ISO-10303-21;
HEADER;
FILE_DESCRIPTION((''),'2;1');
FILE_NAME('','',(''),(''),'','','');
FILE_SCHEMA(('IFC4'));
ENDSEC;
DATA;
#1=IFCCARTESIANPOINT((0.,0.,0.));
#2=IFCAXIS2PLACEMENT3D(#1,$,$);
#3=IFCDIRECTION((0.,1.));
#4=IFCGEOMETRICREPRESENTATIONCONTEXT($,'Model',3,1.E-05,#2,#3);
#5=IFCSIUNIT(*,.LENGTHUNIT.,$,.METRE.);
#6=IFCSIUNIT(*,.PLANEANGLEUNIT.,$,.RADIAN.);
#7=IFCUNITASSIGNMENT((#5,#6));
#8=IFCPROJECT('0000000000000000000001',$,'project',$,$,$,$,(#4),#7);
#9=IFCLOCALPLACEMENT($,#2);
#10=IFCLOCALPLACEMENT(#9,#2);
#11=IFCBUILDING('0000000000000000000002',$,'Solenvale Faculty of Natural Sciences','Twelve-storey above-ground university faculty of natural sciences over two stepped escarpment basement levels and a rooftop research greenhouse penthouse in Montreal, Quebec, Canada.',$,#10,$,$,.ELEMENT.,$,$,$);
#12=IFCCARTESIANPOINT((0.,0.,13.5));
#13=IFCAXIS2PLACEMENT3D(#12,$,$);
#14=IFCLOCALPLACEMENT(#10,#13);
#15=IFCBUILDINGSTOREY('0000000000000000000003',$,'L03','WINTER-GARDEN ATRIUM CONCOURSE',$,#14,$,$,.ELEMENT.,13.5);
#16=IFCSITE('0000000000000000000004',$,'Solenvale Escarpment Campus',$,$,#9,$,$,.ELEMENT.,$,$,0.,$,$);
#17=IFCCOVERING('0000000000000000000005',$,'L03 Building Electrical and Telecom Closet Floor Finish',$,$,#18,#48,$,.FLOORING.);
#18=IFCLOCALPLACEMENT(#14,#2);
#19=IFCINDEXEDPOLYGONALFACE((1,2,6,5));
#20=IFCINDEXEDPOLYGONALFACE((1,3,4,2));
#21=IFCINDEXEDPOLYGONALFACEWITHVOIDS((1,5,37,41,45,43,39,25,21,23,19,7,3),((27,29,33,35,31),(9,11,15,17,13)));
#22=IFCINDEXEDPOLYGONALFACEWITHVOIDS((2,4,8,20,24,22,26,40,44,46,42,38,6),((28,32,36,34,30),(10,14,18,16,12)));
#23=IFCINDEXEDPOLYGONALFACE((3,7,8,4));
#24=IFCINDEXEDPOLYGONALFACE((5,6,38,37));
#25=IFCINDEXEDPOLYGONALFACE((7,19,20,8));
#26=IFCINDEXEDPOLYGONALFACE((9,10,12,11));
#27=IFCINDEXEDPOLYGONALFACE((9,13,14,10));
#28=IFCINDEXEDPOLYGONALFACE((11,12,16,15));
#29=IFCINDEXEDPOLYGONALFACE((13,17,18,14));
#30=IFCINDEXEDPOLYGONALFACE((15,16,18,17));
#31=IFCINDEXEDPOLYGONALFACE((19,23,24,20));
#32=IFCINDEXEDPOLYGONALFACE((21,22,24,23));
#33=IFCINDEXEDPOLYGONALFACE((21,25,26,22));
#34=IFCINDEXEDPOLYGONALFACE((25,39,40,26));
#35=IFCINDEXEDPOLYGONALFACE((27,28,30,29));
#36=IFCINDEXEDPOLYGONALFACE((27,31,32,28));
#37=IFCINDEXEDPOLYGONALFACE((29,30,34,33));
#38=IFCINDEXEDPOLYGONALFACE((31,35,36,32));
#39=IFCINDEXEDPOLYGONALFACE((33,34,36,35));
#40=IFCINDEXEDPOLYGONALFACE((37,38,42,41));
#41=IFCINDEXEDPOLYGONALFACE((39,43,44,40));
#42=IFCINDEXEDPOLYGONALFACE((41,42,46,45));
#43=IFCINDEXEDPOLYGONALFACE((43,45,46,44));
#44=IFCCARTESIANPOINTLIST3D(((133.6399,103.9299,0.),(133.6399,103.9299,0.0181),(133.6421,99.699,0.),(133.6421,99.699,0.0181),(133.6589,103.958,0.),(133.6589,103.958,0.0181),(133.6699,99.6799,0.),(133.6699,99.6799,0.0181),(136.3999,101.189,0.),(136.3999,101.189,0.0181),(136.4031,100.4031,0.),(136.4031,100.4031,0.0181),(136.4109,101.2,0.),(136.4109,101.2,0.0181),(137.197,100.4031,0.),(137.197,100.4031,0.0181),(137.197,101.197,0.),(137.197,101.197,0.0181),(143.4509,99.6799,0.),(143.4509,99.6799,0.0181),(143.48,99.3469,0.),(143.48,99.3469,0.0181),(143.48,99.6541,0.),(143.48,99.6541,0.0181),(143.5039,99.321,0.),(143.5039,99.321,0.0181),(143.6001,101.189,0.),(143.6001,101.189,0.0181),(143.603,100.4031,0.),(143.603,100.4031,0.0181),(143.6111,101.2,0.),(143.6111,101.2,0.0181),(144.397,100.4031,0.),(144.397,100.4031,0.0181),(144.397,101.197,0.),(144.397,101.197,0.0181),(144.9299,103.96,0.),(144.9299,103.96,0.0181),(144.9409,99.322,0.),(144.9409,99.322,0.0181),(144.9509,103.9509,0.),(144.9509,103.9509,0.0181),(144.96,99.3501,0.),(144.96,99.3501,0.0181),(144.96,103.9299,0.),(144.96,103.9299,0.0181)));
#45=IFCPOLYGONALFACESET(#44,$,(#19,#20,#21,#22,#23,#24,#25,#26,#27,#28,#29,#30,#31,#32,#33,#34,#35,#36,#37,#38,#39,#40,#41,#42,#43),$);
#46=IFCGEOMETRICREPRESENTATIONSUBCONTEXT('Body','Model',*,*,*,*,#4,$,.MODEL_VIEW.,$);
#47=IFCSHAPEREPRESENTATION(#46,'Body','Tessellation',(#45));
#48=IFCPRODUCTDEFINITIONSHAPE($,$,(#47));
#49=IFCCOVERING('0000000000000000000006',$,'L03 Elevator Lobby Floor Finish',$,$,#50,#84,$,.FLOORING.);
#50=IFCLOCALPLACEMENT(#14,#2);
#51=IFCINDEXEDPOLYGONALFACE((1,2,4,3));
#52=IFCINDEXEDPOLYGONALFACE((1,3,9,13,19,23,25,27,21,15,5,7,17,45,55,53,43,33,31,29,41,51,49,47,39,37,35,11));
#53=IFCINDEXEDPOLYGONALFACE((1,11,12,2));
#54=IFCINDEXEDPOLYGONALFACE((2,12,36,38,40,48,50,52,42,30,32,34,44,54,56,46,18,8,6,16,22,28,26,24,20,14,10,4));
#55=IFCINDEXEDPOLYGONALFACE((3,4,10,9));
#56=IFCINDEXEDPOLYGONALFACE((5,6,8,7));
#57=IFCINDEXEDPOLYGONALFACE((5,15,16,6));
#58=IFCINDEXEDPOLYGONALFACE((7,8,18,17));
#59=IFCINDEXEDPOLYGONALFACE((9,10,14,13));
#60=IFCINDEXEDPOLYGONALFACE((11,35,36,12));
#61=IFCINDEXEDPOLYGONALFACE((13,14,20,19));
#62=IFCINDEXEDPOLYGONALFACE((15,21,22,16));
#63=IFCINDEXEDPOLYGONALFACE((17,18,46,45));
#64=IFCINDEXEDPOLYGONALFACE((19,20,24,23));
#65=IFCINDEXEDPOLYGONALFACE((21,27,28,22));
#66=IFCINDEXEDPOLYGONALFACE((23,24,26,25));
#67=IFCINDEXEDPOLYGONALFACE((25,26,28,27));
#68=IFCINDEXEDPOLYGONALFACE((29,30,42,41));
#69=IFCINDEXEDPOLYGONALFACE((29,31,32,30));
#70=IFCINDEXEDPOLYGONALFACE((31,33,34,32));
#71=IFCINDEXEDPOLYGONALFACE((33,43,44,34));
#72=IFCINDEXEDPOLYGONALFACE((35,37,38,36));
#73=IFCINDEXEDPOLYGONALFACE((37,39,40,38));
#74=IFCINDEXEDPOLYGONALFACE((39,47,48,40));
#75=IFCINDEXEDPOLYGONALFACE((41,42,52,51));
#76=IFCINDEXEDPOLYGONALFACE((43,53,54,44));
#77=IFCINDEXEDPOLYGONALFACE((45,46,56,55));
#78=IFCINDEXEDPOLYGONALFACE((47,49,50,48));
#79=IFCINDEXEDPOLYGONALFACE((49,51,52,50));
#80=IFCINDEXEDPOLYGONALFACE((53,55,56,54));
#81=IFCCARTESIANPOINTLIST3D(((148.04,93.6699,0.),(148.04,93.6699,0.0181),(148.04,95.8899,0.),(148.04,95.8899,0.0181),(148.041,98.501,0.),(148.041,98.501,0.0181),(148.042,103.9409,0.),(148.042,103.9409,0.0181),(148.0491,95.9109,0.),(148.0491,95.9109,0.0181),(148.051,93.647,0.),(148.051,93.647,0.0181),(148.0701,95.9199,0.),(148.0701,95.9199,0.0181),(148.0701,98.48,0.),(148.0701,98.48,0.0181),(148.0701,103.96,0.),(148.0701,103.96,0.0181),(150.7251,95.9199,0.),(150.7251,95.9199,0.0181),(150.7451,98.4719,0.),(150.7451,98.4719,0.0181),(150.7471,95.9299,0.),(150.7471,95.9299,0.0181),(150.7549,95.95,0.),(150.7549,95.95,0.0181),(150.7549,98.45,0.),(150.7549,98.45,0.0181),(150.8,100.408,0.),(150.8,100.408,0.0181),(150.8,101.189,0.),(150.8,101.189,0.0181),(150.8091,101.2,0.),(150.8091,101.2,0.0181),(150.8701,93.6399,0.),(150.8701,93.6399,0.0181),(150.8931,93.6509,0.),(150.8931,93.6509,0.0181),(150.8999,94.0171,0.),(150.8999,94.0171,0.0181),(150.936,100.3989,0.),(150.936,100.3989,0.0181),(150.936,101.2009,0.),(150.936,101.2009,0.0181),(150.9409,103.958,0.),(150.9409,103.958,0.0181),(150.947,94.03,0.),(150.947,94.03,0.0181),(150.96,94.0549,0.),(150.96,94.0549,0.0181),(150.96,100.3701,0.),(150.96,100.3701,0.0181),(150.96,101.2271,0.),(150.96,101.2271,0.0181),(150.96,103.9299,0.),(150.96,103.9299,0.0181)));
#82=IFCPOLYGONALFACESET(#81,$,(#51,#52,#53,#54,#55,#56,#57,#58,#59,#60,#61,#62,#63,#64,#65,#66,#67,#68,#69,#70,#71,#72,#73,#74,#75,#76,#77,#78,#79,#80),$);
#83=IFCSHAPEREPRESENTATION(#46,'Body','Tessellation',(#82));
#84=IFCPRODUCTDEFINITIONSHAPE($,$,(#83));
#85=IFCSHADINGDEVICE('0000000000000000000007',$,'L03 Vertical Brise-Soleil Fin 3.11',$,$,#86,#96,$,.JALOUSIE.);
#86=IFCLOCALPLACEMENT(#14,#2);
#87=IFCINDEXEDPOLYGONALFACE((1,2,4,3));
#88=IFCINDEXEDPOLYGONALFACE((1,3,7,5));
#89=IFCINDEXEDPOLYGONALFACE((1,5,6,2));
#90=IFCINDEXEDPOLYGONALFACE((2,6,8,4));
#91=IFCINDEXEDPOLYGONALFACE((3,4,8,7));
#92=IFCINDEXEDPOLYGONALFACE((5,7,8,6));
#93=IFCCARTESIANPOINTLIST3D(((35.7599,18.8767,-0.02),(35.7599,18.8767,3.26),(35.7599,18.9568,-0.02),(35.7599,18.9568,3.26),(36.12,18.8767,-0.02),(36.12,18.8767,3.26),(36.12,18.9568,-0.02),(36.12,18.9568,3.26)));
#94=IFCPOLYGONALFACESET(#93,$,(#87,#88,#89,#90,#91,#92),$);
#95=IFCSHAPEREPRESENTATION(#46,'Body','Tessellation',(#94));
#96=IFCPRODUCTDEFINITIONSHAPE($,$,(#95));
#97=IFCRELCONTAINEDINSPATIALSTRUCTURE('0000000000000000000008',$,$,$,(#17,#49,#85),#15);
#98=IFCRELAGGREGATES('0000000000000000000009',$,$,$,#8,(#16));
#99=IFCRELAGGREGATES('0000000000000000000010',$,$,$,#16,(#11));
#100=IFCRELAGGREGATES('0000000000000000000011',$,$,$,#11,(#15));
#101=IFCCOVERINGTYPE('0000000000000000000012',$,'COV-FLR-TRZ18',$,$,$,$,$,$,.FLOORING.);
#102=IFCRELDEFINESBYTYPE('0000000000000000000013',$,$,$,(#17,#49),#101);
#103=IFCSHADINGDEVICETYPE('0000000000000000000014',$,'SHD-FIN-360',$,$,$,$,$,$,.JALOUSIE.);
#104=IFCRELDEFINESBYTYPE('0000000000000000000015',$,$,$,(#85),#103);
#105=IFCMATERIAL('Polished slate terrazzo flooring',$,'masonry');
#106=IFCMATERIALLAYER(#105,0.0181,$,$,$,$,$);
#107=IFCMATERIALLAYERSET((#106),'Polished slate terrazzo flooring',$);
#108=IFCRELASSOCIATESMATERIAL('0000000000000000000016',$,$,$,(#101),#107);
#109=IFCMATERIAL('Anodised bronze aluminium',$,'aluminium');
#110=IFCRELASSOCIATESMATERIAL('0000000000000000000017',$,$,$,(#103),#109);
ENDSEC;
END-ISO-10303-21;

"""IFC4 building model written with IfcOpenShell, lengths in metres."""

from ifc_helpers import new_model, si_unit, direction, frame, origin, origin_2d, place, context, subcontext, project, spatial, polyline, rectangle, outline, extrude, material, layer, layer_set, material_profile, profile_set, type_object, element, save


model = new_model("IFC4")

# Units and contexts
model_context = context("Model", 3, precision=1e-05, world=origin(), true_north=direction((0.0, 1.0)))
body_context = subcontext(model_context, "Body", "Model", "MODEL_VIEW")
ifc_project = project(units=[si_unit("LENGTHUNIT", "METRE"), si_unit("PLANEANGLEUNIT", "RADIAN")], contexts=[model_context])

# Site, building, storey
site_placement = place(None, origin())
site = spatial("IfcSite", under=ifc_project, at=site_placement, Name="Solenvale Escarpment Campus", CompositionType="ELEMENT", RefElevation=0.0)
building_placement = place(site_placement, origin())
building = spatial("IfcBuilding", under=site, at=building_placement, Name="Solenvale Faculty of Natural Sciences", Description="Twelve-storey above-ground university faculty of natural sciences over two stepped escarpment basement levels and a rooftop research greenhouse penthouse in Montreal, Quebec, Canada.", CompositionType="ELEMENT")
storey_placement = place(building_placement, frame((0.0, 0.0, 13.5)))
storey = spatial("IfcBuildingStorey", under=building, at=storey_placement, Name="L03", Description="WINTER-GARDEN ATRIUM CONCOURSE", CompositionType="ELEMENT", Elevation=13.5)

# Shared definitions
ifc_material_1 = material(Name="Anodised bronze aluminium", Category="aluminium")

# Coverings
ifc_material_2 = material(Name="Polished slate terrazzo flooring", Category="masonry")
ifc_layer_1 = layer(ifc_material_2, 0.0181)
ifc_layer_set_1 = layer_set([ifc_layer_1], Name="Polished slate terrazzo flooring")
covering_type_1 = type_object("IfcCoveringType", Name="COV-FLR-TRZ18", PredefinedType="FLOORING", material=ifc_layer_set_1)
covering_1_placement = place(storey_placement, origin())
element("IfcCovering", 1, at=covering_1_placement, inside=storey, type_object=covering_type_1, Name="L03 Building Electrical and Telecom Closet Floor Finish", PredefinedType="FLOORING", context=body_context, shape_type="SweptSolid", body=[
    extrude(outline(polyline([(144.9299, 103.96), (144.9509, 103.9509), (144.96, 103.9299), (144.96, 99.3501), (144.9409, 99.322), (143.5039, 99.321), (143.48, 99.3469), (143.48, 99.6541), (143.4509, 99.6799), (133.6699, 99.6799), (133.6421, 99.699), (133.6399, 103.9299), (133.6589, 103.958), (144.9299, 103.96)]), holes=[polyline([(143.6111, 101.2), (143.6001, 101.189), (143.603, 100.4031), (144.397, 100.4031), (144.397, 101.197), (143.6111, 101.2)]), polyline([(136.4109, 101.2), (136.3999, 101.189), (136.4031, 100.4031), (137.197, 100.4031), (137.197, 101.197), (136.4109, 101.2)])]), origin(), (0.0, 0.0, 1.0), 0.0181),
])
covering_2_placement = place(storey_placement, origin())
element("IfcCovering", 2, at=covering_2_placement, inside=storey, type_object=covering_type_1, Name="L03 Elevator Lobby Floor Finish", PredefinedType="FLOORING", context=body_context, shape_type="SweptSolid", body=[
    extrude(outline(polyline([(148.04, 95.8899), (148.0491, 95.9109), (148.0701, 95.9199), (150.7251, 95.9199), (150.7471, 95.9299), (150.7549, 95.95), (150.7549, 98.45), (150.7451, 98.4719), (148.0701, 98.48), (148.041, 98.501), (148.042, 103.9409), (148.0701, 103.96), (150.9409, 103.958), (150.96, 103.9299), (150.96, 101.2271), (150.936, 101.2009), (150.8091, 101.2), (150.8, 101.189), (150.8, 100.408), (150.936, 100.3989), (150.96, 100.3701), (150.96, 94.0549), (150.947, 94.03), (150.8999, 94.0171), (150.8931, 93.6509), (150.8701, 93.6399), (148.051, 93.647), (148.04, 93.6699), (148.04, 95.8899)])), origin(), (0.0, 0.0, 1.0), 0.0181),
])

# Shading device
ifc_material_profile_1 = material_profile(ifc_material_1, rectangle(XDim=0.0801, YDim=0.3601, at=origin_2d()), Name="ALU-FIN-80x360")
ifc_profile_set_1 = profile_set([ifc_material_profile_1], Name="Anodised bronze aluminium")
shading_device_type = type_object("IfcShadingDeviceType", Name="SHD-FIN-360", PredefinedType="JALOUSIE", material=ifc_profile_set_1)
shading_device_placement = place(storey_placement, frame((35.9399, 18.9167, -0.02), z_axis=(0.0, 0.0, 1.0), x_axis=(0.0, 1.0, 0.0)))
element("IfcShadingDevice", 3, at=shading_device_placement, inside=storey, type_object=shading_device_type, Name="L03 Vertical Brise-Soleil Fin 3.11", PredefinedType="JALOUSIE", context=body_context, shape_type="SweptSolid", body=[
    extrude(rectangle(XDim=0.0801, YDim=0.3601, at=origin_2d()), origin(), (0.0, 0.0, 1.0), 3.28),
])

save(model, "model.ifc")
